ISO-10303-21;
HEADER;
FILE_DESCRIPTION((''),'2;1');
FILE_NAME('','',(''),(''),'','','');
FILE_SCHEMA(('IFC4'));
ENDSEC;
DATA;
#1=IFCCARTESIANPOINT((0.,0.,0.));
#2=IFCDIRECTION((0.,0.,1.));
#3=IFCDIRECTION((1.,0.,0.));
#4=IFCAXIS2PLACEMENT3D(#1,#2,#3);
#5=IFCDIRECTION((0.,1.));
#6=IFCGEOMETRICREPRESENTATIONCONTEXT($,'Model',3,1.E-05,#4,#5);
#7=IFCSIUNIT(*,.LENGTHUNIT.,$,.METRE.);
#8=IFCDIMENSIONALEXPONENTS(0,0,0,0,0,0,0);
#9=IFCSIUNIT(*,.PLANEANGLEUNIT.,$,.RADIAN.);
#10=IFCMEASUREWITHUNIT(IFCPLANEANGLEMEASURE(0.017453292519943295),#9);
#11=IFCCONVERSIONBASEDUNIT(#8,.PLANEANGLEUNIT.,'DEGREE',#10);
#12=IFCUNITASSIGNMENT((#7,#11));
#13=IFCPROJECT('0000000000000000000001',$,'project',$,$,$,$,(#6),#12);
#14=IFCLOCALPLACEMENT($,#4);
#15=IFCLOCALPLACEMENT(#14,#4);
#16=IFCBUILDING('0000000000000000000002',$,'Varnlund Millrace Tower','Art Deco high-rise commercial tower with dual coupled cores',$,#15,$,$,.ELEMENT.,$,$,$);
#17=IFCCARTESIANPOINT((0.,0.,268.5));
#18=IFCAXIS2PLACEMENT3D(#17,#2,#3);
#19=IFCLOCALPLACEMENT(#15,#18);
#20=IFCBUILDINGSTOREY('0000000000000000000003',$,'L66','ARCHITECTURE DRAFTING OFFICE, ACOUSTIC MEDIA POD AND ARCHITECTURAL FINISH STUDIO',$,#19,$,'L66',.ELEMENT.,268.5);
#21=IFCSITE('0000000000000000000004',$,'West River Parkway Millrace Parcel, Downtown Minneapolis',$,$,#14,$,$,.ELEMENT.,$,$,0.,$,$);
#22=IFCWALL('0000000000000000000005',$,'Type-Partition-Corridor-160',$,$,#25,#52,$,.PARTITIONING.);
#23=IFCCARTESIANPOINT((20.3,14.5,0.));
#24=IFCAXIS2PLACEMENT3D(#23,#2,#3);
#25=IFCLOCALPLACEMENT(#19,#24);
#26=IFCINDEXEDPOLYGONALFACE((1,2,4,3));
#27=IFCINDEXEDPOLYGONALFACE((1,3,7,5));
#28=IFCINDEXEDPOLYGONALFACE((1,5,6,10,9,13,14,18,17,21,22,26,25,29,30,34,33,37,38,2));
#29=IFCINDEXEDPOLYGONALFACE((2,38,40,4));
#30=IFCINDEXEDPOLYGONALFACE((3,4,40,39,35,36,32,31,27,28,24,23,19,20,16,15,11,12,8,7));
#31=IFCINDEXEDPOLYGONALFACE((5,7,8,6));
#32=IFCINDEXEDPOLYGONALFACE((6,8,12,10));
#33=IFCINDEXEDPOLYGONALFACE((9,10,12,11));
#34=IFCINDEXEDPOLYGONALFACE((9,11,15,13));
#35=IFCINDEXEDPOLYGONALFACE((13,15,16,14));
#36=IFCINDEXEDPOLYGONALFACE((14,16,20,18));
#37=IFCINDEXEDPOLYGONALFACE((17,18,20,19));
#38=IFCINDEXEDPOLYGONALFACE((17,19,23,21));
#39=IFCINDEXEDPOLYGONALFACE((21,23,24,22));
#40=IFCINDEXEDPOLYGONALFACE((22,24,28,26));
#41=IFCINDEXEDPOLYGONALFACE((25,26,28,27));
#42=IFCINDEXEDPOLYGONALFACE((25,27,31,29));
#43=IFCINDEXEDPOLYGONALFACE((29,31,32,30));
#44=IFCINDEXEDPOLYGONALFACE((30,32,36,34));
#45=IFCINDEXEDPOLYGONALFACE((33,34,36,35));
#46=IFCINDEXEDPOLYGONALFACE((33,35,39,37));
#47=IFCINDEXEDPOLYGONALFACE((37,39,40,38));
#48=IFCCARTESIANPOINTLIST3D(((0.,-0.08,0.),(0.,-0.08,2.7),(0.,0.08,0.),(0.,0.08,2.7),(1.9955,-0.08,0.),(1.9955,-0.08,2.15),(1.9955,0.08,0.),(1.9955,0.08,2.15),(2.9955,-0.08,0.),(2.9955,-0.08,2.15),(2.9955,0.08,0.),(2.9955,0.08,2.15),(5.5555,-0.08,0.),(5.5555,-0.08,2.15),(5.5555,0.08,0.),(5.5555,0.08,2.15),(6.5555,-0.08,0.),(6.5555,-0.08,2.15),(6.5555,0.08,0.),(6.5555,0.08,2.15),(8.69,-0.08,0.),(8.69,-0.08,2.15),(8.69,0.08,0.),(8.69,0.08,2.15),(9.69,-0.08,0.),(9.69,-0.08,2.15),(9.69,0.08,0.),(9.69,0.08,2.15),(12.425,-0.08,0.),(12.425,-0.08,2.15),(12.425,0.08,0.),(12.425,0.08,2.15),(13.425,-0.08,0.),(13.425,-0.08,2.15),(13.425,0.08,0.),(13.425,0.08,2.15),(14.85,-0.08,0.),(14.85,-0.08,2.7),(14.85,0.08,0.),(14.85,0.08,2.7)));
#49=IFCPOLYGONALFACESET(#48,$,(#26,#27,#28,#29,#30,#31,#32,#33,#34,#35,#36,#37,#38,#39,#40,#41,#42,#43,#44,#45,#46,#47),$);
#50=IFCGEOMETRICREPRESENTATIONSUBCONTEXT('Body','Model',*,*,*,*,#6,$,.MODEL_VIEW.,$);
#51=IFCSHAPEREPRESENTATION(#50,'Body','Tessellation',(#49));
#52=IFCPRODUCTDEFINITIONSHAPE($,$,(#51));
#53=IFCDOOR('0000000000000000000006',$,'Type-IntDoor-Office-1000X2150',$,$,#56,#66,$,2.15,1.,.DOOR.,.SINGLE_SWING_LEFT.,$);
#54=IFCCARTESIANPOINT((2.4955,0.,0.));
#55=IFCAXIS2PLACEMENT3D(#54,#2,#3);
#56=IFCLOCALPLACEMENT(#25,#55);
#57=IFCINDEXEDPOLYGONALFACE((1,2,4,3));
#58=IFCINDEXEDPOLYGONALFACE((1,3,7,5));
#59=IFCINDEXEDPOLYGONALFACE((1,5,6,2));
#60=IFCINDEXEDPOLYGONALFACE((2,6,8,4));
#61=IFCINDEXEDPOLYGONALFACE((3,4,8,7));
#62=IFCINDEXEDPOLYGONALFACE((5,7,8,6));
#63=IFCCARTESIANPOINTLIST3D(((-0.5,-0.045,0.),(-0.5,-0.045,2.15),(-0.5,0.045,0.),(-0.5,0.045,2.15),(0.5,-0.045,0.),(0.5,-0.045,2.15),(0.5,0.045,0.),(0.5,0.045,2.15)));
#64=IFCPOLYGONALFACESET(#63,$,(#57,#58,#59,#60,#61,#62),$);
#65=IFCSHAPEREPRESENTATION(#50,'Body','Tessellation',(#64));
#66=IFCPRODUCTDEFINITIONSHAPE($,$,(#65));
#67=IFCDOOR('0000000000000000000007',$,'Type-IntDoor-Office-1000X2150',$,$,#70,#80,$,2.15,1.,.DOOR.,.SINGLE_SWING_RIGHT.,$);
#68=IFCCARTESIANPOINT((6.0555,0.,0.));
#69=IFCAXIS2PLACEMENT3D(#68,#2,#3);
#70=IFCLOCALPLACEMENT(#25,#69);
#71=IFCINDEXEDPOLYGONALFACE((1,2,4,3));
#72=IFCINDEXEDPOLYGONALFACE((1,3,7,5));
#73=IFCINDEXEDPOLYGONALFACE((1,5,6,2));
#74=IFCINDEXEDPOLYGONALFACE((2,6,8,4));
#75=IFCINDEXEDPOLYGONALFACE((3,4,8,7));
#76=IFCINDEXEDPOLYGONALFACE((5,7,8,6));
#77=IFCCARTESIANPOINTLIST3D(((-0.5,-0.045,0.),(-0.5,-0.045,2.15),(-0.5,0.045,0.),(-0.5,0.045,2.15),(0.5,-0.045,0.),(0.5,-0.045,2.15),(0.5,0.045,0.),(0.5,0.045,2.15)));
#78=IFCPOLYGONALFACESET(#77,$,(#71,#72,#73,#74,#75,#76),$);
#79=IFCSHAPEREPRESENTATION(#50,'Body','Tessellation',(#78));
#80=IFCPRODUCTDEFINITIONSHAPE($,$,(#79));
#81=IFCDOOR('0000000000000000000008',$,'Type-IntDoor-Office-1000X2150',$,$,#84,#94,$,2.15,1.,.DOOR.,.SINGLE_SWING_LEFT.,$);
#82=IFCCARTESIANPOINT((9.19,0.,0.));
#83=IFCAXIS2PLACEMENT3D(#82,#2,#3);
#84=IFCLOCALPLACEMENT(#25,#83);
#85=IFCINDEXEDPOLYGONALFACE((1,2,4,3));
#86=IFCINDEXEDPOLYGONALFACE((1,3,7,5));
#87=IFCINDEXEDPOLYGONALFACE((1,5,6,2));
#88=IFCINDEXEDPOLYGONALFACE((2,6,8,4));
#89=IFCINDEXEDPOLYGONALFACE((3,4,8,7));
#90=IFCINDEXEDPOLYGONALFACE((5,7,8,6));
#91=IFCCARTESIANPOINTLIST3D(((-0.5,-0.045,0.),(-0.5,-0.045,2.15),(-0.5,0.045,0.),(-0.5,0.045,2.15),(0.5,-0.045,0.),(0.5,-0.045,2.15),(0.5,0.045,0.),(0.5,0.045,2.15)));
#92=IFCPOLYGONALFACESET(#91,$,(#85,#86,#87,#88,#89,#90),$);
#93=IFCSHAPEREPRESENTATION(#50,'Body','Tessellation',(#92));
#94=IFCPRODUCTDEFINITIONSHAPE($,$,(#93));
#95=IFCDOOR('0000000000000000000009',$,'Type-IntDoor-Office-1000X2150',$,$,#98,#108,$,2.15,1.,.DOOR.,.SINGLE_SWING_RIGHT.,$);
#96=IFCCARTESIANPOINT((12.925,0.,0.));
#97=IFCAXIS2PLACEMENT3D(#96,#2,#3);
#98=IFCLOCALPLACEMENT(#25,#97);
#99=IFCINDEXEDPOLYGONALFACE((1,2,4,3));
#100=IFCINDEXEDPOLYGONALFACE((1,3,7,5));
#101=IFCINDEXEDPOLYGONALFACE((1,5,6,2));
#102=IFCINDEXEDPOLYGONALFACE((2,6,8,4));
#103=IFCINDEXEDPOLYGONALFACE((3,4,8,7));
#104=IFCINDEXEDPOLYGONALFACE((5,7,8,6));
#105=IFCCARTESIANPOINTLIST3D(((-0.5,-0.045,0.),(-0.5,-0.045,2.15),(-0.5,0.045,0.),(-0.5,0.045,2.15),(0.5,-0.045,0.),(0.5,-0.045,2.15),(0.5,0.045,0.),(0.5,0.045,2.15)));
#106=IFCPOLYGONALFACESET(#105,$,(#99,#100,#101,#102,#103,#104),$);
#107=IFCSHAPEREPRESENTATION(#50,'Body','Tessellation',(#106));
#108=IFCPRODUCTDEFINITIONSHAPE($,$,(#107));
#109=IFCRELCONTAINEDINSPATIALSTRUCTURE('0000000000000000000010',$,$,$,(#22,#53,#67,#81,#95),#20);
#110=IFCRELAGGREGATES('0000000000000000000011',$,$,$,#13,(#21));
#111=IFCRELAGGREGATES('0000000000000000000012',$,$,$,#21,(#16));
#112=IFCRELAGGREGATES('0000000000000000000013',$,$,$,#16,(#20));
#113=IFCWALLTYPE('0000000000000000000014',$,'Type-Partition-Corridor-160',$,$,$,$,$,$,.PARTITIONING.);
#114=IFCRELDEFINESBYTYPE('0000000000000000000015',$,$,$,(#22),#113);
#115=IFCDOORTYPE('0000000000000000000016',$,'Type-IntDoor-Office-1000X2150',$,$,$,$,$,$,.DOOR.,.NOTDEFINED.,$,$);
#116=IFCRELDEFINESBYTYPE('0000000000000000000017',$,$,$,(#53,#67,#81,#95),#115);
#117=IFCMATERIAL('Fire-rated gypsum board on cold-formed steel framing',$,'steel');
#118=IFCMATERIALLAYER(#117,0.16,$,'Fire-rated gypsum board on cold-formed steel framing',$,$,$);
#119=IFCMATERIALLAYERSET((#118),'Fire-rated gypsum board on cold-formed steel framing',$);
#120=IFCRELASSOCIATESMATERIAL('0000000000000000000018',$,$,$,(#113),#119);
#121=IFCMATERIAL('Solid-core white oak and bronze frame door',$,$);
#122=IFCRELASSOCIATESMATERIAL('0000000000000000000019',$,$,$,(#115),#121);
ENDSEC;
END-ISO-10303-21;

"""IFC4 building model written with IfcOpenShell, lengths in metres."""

from ifc_helpers import new_model, entity, si_unit, converted_unit, direction, frame, origin_with_axes, origin_2d_with_axis, place, context, subcontext, project, spatial, polyline, rectangle, outline, extrude, material, layer, layer_set, type_object, element, fill, save


model = new_model("IFC4")

# Units and contexts
model_context = context("Model", 3, precision=1e-05, world=origin_with_axes(), true_north=direction((0.0, 1.0)))
body_context = subcontext(model_context, "Body", "Model", "MODEL_VIEW")
ifc_project = project(units=[si_unit("LENGTHUNIT", "METRE"), converted_unit("PLANEANGLEUNIT", "DEGREE", entity("IfcPlaneAngleMeasure", 0.017453292519943295), si_unit("PLANEANGLEUNIT", "RADIAN"), dimensions=[0, 0, 0, 0, 0, 0, 0])], contexts=[model_context])

# Site, building, storey
site_placement = place(None, origin_with_axes())
site = spatial("IfcSite", under=ifc_project, at=site_placement, Name="West River Parkway Millrace Parcel, Downtown Minneapolis", CompositionType="ELEMENT", RefElevation=0.0)
building_placement = place(site_placement, origin_with_axes())
building = spatial("IfcBuilding", under=site, at=building_placement, Name="Varnlund Millrace Tower", Description="Art Deco high-rise commercial tower with dual coupled cores", CompositionType="ELEMENT")
storey_placement = place(building_placement, frame((0.0, 0.0, 268.5), z_axis=(0.0, 0.0, 1.0), x_axis=(1.0, 0.0, 0.0)))
storey = spatial("IfcBuildingStorey", under=building, at=storey_placement, Name="L66", Description="ARCHITECTURE DRAFTING OFFICE, ACOUSTIC MEDIA POD AND ARCHITECTURAL FINISH STUDIO", LongName="L66", CompositionType="ELEMENT", Elevation=268.5)

# Shared definitions
ifc_material_1 = material(Name="Fire-rated gypsum board on cold-formed steel framing", Category="steel")
ifc_layer_1 = layer(ifc_material_1, 0.16, Name="Fire-rated gypsum board on cold-formed steel framing")
ifc_layer_set_1 = layer_set([ifc_layer_1], Name="Fire-rated gypsum board on cold-formed steel framing")
wall_type_1 = type_object("IfcWallType", Name="Type-Partition-Corridor-160", PredefinedType="PARTITIONING", material=ifc_layer_set_1)
ifc_material_2 = material(Name="Solid-core white oak and bronze frame door")
door_type = type_object("IfcDoorType", Name="Type-IntDoor-Office-1000X2150", OperationType="NOTDEFINED", PredefinedType="DOOR", material=ifc_material_2)

# Wall, openings, doors
wall_1_placement = place(storey_placement, frame((20.3, 14.5, 0.0), z_axis=(0.0, 0.0, 1.0), x_axis=(1.0, 0.0, 0.0)))
wall_1 = element("IfcWall", 1, at=wall_1_placement, inside=storey, type_object=wall_type_1, Name="Type-Partition-Corridor-160", PredefinedType="PARTITIONING", context=body_context, shape_type="SweptSolid", body=[
    extrude(outline(polyline([(0.0, -0.08), (14.85, -0.08), (14.85, 0.08), (0.0, 0.08), (0.0, -0.08)])), origin_with_axes(), (0.0, 0.0, 1.0), 2.7),
])
opening_1_placement = place(wall_1_placement, frame((2.4955, 0.0, 0.0), z_axis=(0.0, 0.0, 1.0), x_axis=(1.0, 0.0, 0.0)))
opening_1 = element("IfcOpeningElement", 2, at=opening_1_placement, cuts=wall_1, PredefinedType="OPENING", context=body_context, shape_type="SweptSolid", body=[
    extrude(rectangle(XDim=1.0, YDim=0.18, at=origin_2d_with_axis()), origin_with_axes(), (0.0, 0.0, 1.0), 2.15),
])
opening_2_placement = place(wall_1_placement, frame((6.0555, 0.0, 0.0), z_axis=(0.0, 0.0, 1.0), x_axis=(1.0, 0.0, 0.0)))
opening_2 = element("IfcOpeningElement", 3, at=opening_2_placement, cuts=wall_1, PredefinedType="OPENING", context=body_context, shape_type="SweptSolid", body=[
    extrude(rectangle(XDim=1.0, YDim=0.18, at=origin_2d_with_axis()), origin_with_axes(), (0.0, 0.0, 1.0), 2.15),
])
opening_3_placement = place(wall_1_placement, frame((9.19, 0.0, 0.0), z_axis=(0.0, 0.0, 1.0), x_axis=(1.0, 0.0, 0.0)))
opening_3 = element("IfcOpeningElement", 4, at=opening_3_placement, cuts=wall_1, PredefinedType="OPENING", context=body_context, shape_type="SweptSolid", body=[
    extrude(rectangle(XDim=1.0, YDim=0.18, at=origin_2d_with_axis()), origin_with_axes(), (0.0, 0.0, 1.0), 2.15),
])
opening_4_placement = place(wall_1_placement, frame((12.925, 0.0, 0.0), z_axis=(0.0, 0.0, 1.0), x_axis=(1.0, 0.0, 0.0)))
opening_4 = element("IfcOpeningElement", 5, at=opening_4_placement, cuts=wall_1, PredefinedType="OPENING", context=body_context, shape_type="SweptSolid", body=[
    extrude(rectangle(XDim=1.0, YDim=0.18, at=origin_2d_with_axis()), origin_with_axes(), (0.0, 0.0, 1.0), 2.15),
])
door_1_placement = place(wall_1_placement, frame((2.4955, 0.0, 0.0), z_axis=(0.0, 0.0, 1.0), x_axis=(1.0, 0.0, 0.0)))
door_1 = element("IfcDoor", 6, at=door_1_placement, inside=storey, type_object=door_type, Name="Type-IntDoor-Office-1000X2150", OperationType="SINGLE_SWING_LEFT", OverallHeight=2.15, OverallWidth=1.0, PredefinedType="DOOR", context=body_context, shape_type="SweptSolid", body=[
    extrude(rectangle(XDim=1.0, YDim=0.09, at=origin_2d_with_axis()), origin_with_axes(), (0.0, 0.0, 1.0), 2.15),
])
fill(opening_1, door_1)
door_2_placement = place(wall_1_placement, frame((6.0555, 0.0, 0.0), z_axis=(0.0, 0.0, 1.0), x_axis=(1.0, 0.0, 0.0)))
door_2 = element("IfcDoor", 7, at=door_2_placement, inside=storey, type_object=door_type, Name="Type-IntDoor-Office-1000X2150", OperationType="SINGLE_SWING_RIGHT", OverallHeight=2.15, OverallWidth=1.0, PredefinedType="DOOR", context=body_context, shape_type="SweptSolid", body=[
    extrude(rectangle(XDim=1.0, YDim=0.09, at=origin_2d_with_axis()), origin_with_axes(), (0.0, 0.0, 1.0), 2.15),
])
fill(opening_2, door_2)
door_3_placement = place(wall_1_placement, frame((9.19, 0.0, 0.0), z_axis=(0.0, 0.0, 1.0), x_axis=(1.0, 0.0, 0.0)))
door_3 = element("IfcDoor", 8, at=door_3_placement, inside=storey, type_object=door_type, Name="Type-IntDoor-Office-1000X2150", OperationType="SINGLE_SWING_LEFT", OverallHeight=2.15, OverallWidth=1.0, PredefinedType="DOOR", context=body_context, shape_type="SweptSolid", body=[
    extrude(rectangle(XDim=1.0, YDim=0.09, at=origin_2d_with_axis()), origin_with_axes(), (0.0, 0.0, 1.0), 2.15),
])
fill(opening_3, door_3)
door_4_placement = place(wall_1_placement, frame((12.925, 0.0, 0.0), z_axis=(0.0, 0.0, 1.0), x_axis=(1.0, 0.0, 0.0)))
door_4 = element("IfcDoor", 9, at=door_4_placement, inside=storey, type_object=door_type, Name="Type-IntDoor-Office-1000X2150", OperationType="SINGLE_SWING_RIGHT", OverallHeight=2.15, OverallWidth=1.0, PredefinedType="DOOR", context=body_context, shape_type="SweptSolid", body=[
    extrude(rectangle(XDim=1.0, YDim=0.09, at=origin_2d_with_axis()), origin_with_axes(), (0.0, 0.0, 1.0), 2.15),
])
fill(opening_4, door_4)

save(model, "model.ifc")
